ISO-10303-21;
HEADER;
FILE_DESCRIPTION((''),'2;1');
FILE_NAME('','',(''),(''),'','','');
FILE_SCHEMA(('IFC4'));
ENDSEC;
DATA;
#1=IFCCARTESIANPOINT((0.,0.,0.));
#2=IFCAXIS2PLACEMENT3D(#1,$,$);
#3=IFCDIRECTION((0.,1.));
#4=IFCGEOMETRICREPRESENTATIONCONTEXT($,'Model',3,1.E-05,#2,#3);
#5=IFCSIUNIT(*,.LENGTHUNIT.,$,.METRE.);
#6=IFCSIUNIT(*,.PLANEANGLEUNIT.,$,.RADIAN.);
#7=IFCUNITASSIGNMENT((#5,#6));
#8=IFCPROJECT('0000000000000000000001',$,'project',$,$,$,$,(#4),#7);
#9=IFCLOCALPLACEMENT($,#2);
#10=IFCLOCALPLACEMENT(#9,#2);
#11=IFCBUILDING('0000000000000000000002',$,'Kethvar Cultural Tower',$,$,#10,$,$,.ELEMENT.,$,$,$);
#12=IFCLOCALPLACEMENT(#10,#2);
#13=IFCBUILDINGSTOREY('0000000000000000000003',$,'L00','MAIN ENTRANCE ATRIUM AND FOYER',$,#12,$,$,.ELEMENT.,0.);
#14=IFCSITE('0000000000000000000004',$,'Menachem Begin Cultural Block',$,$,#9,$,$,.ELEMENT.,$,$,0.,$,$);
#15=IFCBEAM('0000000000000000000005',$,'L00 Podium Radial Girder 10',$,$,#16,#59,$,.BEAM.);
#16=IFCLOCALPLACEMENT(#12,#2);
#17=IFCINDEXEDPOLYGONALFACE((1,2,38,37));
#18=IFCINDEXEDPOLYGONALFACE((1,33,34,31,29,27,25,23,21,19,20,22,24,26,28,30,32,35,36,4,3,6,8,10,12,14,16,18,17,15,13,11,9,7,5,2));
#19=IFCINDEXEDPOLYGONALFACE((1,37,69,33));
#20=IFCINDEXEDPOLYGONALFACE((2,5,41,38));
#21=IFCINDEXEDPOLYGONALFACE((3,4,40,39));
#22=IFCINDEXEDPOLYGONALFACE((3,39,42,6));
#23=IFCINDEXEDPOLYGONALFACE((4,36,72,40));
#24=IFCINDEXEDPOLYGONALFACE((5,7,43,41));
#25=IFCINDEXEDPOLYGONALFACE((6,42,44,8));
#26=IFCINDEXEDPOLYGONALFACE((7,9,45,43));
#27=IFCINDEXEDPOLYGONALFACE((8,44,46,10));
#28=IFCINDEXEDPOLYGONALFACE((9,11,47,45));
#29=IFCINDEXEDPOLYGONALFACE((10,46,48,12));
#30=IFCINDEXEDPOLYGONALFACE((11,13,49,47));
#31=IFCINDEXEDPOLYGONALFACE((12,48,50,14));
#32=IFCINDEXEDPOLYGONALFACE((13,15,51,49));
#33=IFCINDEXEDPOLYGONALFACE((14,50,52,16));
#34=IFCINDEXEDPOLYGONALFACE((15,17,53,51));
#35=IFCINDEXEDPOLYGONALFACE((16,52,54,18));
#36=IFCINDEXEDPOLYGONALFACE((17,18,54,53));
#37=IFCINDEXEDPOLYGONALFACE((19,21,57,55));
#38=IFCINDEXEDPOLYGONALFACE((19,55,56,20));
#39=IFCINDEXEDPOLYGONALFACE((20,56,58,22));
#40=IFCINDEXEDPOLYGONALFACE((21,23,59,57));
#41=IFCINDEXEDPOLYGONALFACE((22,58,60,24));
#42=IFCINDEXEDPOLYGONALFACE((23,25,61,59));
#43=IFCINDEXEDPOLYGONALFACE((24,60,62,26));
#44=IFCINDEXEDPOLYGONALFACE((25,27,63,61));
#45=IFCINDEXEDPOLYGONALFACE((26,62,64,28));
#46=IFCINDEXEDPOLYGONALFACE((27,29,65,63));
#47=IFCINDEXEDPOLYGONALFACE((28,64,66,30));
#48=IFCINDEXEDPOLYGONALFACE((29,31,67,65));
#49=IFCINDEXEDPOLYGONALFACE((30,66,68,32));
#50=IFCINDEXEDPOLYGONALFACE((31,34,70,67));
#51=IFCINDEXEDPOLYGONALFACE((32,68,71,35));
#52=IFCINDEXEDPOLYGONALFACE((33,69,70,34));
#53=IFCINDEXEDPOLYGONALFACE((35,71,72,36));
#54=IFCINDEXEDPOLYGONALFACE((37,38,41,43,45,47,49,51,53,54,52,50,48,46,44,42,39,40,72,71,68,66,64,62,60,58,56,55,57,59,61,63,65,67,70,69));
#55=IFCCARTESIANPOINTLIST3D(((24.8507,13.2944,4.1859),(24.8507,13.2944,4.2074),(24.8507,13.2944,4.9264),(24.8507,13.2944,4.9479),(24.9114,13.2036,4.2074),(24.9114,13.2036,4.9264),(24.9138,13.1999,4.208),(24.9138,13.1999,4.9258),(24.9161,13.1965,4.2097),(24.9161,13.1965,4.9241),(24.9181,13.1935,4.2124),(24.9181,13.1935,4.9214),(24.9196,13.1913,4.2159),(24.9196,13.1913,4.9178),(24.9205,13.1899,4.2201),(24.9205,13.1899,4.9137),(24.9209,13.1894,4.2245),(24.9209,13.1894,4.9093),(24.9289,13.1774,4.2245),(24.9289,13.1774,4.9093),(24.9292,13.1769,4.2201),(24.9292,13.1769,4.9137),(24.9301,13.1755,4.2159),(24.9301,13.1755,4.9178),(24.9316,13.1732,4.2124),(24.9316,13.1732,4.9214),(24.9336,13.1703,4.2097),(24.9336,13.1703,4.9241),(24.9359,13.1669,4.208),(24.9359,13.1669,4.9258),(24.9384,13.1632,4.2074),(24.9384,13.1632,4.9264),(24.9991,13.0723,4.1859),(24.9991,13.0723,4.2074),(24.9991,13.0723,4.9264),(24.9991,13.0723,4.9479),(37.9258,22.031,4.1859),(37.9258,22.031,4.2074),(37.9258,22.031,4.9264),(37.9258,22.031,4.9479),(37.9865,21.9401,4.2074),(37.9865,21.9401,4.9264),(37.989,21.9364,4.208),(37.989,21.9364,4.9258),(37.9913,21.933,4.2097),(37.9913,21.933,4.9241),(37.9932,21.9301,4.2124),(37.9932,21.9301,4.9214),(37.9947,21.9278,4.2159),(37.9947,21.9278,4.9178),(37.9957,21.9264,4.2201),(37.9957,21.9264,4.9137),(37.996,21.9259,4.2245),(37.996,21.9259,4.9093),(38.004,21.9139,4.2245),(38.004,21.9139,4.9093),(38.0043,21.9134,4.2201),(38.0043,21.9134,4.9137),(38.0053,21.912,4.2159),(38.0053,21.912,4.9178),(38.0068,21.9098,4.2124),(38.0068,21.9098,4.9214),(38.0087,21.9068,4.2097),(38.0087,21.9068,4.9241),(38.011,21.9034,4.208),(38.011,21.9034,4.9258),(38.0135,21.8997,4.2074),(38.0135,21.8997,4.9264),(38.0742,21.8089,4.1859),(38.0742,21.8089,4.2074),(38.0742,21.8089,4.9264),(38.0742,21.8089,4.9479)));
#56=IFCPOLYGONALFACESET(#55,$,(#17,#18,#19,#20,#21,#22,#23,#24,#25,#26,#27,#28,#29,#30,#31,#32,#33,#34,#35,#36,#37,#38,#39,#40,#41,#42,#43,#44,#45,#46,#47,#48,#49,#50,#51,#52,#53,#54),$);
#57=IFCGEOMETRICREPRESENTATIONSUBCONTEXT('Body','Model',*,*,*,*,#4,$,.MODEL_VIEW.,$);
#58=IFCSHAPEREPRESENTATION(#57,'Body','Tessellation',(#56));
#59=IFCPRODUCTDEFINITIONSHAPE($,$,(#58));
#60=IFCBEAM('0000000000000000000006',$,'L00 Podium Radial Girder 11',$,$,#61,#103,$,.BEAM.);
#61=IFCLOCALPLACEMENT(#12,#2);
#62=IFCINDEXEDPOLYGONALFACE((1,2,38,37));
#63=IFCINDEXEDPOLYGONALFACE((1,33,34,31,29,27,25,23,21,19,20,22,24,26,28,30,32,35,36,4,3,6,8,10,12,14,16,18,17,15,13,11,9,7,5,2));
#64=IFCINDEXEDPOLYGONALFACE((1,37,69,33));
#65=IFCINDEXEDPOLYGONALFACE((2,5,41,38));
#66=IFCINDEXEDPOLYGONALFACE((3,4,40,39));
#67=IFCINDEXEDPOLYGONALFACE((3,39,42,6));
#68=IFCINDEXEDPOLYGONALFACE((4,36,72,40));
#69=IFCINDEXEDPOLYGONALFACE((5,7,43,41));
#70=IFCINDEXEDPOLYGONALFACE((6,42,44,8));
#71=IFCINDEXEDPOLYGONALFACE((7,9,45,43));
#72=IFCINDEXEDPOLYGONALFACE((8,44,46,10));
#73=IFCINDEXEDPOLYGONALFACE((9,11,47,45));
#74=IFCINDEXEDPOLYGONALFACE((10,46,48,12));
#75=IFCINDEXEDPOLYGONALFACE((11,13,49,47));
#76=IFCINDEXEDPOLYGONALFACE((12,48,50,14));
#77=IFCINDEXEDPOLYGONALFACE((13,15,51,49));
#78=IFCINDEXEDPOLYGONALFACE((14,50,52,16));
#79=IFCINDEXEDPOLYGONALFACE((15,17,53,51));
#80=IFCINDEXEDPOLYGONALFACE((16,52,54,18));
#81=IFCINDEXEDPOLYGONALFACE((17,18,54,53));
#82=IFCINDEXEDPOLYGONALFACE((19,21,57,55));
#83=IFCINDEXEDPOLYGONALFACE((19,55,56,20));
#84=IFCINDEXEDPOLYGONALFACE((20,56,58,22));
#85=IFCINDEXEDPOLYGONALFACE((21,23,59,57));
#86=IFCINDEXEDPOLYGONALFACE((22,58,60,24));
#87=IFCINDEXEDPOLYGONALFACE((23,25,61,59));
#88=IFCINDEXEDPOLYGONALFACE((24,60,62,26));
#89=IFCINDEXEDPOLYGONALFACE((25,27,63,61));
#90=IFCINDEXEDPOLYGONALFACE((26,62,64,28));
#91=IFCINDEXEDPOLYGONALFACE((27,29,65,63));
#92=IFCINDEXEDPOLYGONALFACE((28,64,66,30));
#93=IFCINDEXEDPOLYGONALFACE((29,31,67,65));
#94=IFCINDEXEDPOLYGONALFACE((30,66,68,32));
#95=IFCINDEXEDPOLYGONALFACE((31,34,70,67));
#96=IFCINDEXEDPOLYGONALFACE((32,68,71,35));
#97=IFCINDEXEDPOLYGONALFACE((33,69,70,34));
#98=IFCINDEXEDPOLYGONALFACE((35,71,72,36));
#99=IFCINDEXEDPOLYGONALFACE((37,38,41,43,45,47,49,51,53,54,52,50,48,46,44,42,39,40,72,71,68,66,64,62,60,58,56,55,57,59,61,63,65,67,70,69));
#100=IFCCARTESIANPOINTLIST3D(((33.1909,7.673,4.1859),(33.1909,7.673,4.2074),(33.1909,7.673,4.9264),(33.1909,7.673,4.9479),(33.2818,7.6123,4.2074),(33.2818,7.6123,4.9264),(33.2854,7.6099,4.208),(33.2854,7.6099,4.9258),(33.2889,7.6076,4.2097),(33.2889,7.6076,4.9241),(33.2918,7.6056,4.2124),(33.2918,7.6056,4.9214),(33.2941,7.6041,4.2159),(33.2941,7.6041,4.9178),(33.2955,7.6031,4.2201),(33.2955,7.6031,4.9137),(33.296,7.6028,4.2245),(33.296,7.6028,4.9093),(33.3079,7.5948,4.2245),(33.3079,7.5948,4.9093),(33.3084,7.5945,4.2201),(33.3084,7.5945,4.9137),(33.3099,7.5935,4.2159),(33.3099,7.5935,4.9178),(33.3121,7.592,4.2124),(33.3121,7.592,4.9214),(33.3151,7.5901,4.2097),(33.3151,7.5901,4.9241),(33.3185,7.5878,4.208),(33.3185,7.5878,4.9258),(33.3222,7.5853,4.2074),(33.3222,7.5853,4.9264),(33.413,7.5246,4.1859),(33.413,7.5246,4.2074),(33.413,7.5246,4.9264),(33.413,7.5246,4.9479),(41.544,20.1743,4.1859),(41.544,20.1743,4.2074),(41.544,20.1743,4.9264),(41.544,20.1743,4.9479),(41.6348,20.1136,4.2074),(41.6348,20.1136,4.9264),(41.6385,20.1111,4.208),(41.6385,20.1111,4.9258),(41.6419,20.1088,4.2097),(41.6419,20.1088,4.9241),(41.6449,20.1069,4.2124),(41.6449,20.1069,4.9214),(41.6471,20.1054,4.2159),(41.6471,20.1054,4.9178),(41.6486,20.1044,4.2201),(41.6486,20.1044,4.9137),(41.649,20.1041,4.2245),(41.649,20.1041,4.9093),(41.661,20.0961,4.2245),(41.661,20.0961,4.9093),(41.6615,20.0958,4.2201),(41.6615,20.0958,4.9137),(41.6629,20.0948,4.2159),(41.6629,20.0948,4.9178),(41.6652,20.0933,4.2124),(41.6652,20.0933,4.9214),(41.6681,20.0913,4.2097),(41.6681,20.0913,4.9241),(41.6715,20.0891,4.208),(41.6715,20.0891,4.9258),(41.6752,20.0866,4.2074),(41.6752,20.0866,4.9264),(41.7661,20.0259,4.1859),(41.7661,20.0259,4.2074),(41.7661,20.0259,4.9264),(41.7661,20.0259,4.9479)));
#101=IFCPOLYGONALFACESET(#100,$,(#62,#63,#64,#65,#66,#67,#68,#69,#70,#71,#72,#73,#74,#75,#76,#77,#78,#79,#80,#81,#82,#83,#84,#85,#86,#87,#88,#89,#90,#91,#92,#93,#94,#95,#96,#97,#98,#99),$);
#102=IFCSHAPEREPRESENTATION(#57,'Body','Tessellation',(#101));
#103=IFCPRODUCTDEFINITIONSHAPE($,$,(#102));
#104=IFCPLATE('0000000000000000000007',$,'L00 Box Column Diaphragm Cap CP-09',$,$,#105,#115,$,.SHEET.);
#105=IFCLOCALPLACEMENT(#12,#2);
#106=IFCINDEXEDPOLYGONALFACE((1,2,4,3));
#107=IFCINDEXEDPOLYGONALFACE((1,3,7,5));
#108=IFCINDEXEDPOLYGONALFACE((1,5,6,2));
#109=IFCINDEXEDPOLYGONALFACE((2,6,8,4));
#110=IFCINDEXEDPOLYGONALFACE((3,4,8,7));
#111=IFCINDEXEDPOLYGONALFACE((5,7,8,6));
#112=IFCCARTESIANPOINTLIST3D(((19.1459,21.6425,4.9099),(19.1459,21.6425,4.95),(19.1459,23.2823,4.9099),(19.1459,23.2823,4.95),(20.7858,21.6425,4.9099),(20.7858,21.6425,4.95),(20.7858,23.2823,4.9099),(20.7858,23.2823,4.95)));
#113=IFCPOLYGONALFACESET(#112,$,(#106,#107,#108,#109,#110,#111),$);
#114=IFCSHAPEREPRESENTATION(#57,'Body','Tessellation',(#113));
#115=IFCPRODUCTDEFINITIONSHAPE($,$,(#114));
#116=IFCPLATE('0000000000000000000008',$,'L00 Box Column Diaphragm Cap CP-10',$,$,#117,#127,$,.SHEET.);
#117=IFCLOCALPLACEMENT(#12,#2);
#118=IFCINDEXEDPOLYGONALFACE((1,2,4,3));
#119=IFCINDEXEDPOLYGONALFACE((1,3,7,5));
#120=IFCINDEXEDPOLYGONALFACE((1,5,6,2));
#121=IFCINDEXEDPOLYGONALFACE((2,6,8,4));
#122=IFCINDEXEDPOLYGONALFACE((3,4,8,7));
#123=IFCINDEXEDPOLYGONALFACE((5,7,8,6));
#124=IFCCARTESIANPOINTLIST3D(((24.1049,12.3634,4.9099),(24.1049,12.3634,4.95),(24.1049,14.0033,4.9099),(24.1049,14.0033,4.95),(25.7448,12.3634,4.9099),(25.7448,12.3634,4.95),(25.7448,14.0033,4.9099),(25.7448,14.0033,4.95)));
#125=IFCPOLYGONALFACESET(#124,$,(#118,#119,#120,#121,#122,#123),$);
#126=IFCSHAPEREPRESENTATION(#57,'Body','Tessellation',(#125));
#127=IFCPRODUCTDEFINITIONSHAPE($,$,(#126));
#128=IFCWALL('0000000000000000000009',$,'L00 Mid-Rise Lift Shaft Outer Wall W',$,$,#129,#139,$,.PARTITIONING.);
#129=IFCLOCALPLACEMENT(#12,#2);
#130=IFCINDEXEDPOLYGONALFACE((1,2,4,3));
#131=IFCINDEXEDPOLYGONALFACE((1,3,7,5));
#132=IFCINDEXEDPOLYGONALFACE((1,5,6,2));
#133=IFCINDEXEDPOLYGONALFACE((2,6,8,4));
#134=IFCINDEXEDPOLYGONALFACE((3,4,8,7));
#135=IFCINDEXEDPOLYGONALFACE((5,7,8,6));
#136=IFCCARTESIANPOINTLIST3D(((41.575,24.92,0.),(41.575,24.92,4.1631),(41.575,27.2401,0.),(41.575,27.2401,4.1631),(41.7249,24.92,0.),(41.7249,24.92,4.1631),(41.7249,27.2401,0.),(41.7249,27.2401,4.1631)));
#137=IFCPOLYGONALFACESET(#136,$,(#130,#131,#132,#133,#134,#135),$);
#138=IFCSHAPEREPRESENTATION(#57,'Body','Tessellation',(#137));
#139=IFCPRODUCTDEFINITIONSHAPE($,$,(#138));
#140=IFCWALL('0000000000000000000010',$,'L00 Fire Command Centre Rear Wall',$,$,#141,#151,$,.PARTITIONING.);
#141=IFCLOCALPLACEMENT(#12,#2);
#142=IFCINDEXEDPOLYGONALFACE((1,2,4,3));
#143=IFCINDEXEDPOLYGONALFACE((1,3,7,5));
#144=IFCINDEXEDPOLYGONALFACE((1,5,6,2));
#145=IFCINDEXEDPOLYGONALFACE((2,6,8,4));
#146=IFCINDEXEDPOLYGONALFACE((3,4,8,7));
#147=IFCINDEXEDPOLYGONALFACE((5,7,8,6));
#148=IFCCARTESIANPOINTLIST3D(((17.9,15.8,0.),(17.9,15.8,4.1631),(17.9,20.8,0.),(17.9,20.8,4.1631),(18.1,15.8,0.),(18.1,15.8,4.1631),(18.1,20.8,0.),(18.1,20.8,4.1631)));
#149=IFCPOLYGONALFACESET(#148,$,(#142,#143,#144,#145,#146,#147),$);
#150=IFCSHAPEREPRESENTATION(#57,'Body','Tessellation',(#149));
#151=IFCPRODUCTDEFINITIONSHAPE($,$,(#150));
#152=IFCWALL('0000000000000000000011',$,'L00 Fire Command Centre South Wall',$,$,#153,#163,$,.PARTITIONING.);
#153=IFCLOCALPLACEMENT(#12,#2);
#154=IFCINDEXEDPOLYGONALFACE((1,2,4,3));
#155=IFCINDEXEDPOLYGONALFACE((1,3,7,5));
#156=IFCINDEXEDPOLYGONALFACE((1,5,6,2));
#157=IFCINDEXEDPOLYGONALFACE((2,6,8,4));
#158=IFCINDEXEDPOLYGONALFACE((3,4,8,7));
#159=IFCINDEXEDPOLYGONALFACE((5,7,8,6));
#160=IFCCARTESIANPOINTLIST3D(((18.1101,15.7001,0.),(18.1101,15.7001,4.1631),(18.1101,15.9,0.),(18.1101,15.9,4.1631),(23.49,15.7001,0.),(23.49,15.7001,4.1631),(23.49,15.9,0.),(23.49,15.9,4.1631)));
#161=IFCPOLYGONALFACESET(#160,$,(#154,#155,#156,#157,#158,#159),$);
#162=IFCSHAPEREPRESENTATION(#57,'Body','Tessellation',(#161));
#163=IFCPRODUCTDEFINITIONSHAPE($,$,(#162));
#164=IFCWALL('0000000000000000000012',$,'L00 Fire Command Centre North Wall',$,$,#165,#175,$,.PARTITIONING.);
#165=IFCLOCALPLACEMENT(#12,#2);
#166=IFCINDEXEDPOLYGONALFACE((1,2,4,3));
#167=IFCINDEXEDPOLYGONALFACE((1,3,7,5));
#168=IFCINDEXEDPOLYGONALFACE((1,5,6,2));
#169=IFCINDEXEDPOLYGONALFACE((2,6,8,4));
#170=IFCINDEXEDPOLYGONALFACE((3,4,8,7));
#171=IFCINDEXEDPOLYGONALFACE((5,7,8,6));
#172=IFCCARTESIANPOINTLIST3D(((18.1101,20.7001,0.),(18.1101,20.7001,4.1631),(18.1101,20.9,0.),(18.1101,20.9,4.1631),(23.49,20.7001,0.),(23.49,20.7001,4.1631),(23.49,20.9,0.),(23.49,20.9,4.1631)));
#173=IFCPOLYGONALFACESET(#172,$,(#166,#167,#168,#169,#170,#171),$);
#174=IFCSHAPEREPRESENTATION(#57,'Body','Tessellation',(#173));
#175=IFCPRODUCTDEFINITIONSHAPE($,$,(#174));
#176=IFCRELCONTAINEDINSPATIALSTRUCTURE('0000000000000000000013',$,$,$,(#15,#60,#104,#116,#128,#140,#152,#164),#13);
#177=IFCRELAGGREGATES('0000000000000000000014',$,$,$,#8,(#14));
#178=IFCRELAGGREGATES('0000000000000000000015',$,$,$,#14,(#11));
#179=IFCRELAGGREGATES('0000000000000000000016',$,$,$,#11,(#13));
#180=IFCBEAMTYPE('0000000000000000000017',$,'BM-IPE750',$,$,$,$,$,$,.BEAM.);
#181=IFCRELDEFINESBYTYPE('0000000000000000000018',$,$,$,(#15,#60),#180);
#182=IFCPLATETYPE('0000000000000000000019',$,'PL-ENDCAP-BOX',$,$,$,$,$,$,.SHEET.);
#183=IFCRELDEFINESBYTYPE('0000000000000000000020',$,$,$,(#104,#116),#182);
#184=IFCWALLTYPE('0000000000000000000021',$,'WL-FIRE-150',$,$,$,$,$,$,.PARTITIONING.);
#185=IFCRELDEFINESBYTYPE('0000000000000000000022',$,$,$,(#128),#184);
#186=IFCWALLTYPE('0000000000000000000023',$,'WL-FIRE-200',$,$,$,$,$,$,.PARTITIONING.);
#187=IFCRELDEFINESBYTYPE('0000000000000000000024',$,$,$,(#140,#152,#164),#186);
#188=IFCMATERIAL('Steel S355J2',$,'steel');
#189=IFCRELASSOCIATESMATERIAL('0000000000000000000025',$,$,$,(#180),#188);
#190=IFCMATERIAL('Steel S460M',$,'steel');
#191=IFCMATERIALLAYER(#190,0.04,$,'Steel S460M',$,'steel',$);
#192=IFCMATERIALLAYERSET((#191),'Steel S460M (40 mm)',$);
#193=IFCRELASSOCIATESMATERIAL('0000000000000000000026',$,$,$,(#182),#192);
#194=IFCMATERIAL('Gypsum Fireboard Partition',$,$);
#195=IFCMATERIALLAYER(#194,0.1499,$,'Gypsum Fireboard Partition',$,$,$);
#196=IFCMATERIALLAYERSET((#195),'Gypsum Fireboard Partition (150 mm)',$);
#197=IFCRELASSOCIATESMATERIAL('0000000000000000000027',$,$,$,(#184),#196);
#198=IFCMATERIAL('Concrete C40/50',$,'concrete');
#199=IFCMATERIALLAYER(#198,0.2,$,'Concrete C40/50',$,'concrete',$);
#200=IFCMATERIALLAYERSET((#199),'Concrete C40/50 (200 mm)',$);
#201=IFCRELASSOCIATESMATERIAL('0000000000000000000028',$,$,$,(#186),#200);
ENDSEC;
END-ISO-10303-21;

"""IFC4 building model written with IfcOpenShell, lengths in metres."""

from ifc_helpers import new_model, si_unit, direction, frame, frame_2d, origin, origin_2d, place, context, subcontext, project, spatial, rectangle, i_section, extrude, source, transform, mapped, material, layer, layer_set, material_profile, profile_set, type_object, element, save


model = new_model("IFC4")

# Units and contexts
model_context = context("Model", 3, precision=1e-05, world=origin(), true_north=direction((0.0, 1.0)))
body_context = subcontext(model_context, "Body", "Model", "MODEL_VIEW")
ifc_project = project(units=[si_unit("LENGTHUNIT", "METRE"), si_unit("PLANEANGLEUNIT", "RADIAN")], contexts=[model_context])

# Site, building, storey
site_placement = place(None, origin())
site = spatial("IfcSite", under=ifc_project, at=site_placement, Name="Menachem Begin Cultural Block", CompositionType="ELEMENT", RefElevation=0.0)
building_placement = place(site_placement, origin())
building = spatial("IfcBuilding", under=site, at=building_placement, Name="Kethvar Cultural Tower", CompositionType="ELEMENT")
storey_placement = place(building_placement, origin())
storey = spatial("IfcBuildingStorey", under=building, at=storey_placement, Name="L00", Description="MAIN ENTRANCE ATRIUM AND FOYER", CompositionType="ELEMENT", Elevation=0.0)

# Shared definitions
ifc_material_1 = material(Name="Steel S460M", Category="steel")

# Beams
ifc_material_2 = material(Name="Steel S355J2", Category="steel")
ifc_material_profile_1 = material_profile(ifc_material_2, i_section(OverallWidth=0.2671, OverallDepth=0.762, WebThickness=0.0144, FlangeThickness=0.0215, FilletRadius=0.0171, at=origin_2d()), Name="Steel S355J2 — IPE750x173")
ifc_profile_set_1 = profile_set([ifc_material_profile_1], Name="Steel S355J2 — IPE750x173")
beam_type_1 = type_object("IfcBeamType", Name="BM-IPE750", PredefinedType="BEAM", material=ifc_profile_set_1)
shared_shape_1 = source(origin(), body_context, "Body", "SweptSolid", [
    extrude(i_section(OverallWidth=0.2671, OverallDepth=0.762, WebThickness=0.0144, FlangeThickness=0.0215, FilletRadius=0.0171, at=origin_2d()), origin(), (0.0, 0.0, 1.0), 15.7253),
])
beam_1_placement = place(storey_placement, frame((38.0, 21.9199, 4.5669), z_axis=(-0.831469, -0.55557, 0.0), x_axis=(0.55557, -0.831469, 0.0)))
element("IfcBeam", 1, at=beam_1_placement, inside=storey, type_object=beam_type_1, Name="L00 Podium Radial Girder 10", PredefinedType="BEAM", context=body_context, shape_type="MappedRepresentation", body=[
    mapped(shared_shape_1, transform((0.0, 0.0, 0.0), scale=1.0)),
])
shared_shape_2 = source(origin(), body_context, "Body", "SweptSolid", [
    extrude(i_section(OverallWidth=0.2671, OverallDepth=0.762, WebThickness=0.0144, FlangeThickness=0.0215, FilletRadius=0.0171, at=origin_2d()), origin(), (0.0, 0.0, 1.0), 15.0352),
])
beam_2_placement = place(storey_placement, frame((41.655, 20.1001, 4.5669), z_axis=(-0.555569, -0.83147, 0.0), x_axis=(0.83147, -0.555569, 0.0)))
element("IfcBeam", 2, at=beam_2_placement, inside=storey, type_object=beam_type_1, Name="L00 Podium Radial Girder 11", PredefinedType="BEAM", context=body_context, shape_type="MappedRepresentation", body=[
    mapped(shared_shape_2, transform((0.0, 0.0, 0.0), scale=1.0)),
])

# Plates
ifc_layer_1 = layer(ifc_material_1, 0.04, Name="Steel S460M", Category="steel")
ifc_layer_set_1 = layer_set([ifc_layer_1], Name="Steel S460M (40 mm)")
plate_type = type_object("IfcPlateType", Name="PL-ENDCAP-BOX", PredefinedType="SHEET", material=ifc_layer_set_1)
shared_shape_3 = source(origin(), body_context, "Body", "SweptSolid", [
    extrude(rectangle(XDim=1.6399, YDim=1.6399, at=origin_2d()), origin(), (0.0, 0.0, 1.0), 0.04),
])
for number, where, z_axis, x_axis, name in (
    (3, (19.9658, 22.4624, 4.9099), (0.0, 0.0, 1.0), (1.0, 0.0, 0.0), "L00 Box Column Diaphragm Cap CP-09"),
    (4, (24.9248, 13.1833, 4.9099), (0.0, 0.0, 1.0), (1.0, 0.0, 0.0), "L00 Box Column Diaphragm Cap CP-10"),
):
    element("IfcPlate", number, at=place(storey_placement, frame(where, z_axis=z_axis, x_axis=x_axis)), inside=storey, type_object=plate_type, Name=name, PredefinedType="SHEET", context=body_context, shape_type="MappedRepresentation", body=[
        mapped(shared_shape_3, transform((0.0, 0.0, 0.0), scale=1.0)),
    ])

# Wall
ifc_material_3 = material(Name="Gypsum Fireboard Partition")
ifc_layer_2 = layer(ifc_material_3, 0.1499, Name="Gypsum Fireboard Partition")
ifc_layer_set_2 = layer_set([ifc_layer_2], Name="Gypsum Fireboard Partition (150 mm)")
wall_type_1 = type_object("IfcWallType", Name="WL-FIRE-150", PredefinedType="PARTITIONING", material=ifc_layer_set_2)
wall_1_placement = place(storey_placement, frame((41.6499, 24.9199, 0.0), z_axis=(0.0, 0.0, 1.0), x_axis=(0.0, 1.0, 0.0)))
element("IfcWall", 5, at=wall_1_placement, inside=storey, type_object=wall_type_1, Name="L00 Mid-Rise Lift Shaft Outer Wall W", PredefinedType="PARTITIONING", context=body_context, shape_type="SweptSolid", body=[
    extrude(rectangle(XDim=2.3201, YDim=0.1499, at=frame_2d((1.1602, 0.0))), origin(), (0.0, 0.0, 1.0), 4.1631),
])

# Shared definitions
ifc_material_4 = material(Name="Concrete C40/50", Category="concrete")
ifc_layer_3 = layer(ifc_material_4, 0.2, Name="Concrete C40/50", Category="concrete")
ifc_layer_set_3 = layer_set([ifc_layer_3], Name="Concrete C40/50 (200 mm)")
wall_type_2 = type_object("IfcWallType", Name="WL-FIRE-200", PredefinedType="PARTITIONING", material=ifc_layer_set_3)

# Walls
wall_2_placement = place(storey_placement, frame((18.0, 15.8, 0.0), z_axis=(0.0, 0.0, 1.0), x_axis=(0.0, 1.0, 0.0)))
element("IfcWall", 6, at=wall_2_placement, inside=storey, type_object=wall_type_2, Name="L00 Fire Command Centre Rear Wall", PredefinedType="PARTITIONING", context=body_context, shape_type="SweptSolid", body=[
    extrude(rectangle(XDim=5.0, YDim=0.2, at=frame_2d((2.5, 0.0))), origin(), (0.0, 0.0, 1.0), 4.1631),
])
for number, where, z_axis, x_axis, name in (
    (7, (18.1101, 15.8, 0.0), (0.0, 0.0, 1.0), (1.0, 0.0, 0.0), "L00 Fire Command Centre South Wall"),
    (8, (18.1101, 20.8, 0.0), (0.0, 0.0, 1.0), (1.0, 0.0, 0.0), "L00 Fire Command Centre North Wall"),
):
    element("IfcWall", number, at=place(storey_placement, frame(where, z_axis=z_axis, x_axis=x_axis)), inside=storey, type_object=wall_type_2, Name=name, PredefinedType="PARTITIONING", context=body_context, shape_type="SweptSolid", body=[
        extrude(rectangle(XDim=5.3799, YDim=0.2, at=frame_2d((2.6899, 0.0))), origin(), (0.0, 0.0, 1.0), 4.1631),
    ])

save(model, "model.ifc")
